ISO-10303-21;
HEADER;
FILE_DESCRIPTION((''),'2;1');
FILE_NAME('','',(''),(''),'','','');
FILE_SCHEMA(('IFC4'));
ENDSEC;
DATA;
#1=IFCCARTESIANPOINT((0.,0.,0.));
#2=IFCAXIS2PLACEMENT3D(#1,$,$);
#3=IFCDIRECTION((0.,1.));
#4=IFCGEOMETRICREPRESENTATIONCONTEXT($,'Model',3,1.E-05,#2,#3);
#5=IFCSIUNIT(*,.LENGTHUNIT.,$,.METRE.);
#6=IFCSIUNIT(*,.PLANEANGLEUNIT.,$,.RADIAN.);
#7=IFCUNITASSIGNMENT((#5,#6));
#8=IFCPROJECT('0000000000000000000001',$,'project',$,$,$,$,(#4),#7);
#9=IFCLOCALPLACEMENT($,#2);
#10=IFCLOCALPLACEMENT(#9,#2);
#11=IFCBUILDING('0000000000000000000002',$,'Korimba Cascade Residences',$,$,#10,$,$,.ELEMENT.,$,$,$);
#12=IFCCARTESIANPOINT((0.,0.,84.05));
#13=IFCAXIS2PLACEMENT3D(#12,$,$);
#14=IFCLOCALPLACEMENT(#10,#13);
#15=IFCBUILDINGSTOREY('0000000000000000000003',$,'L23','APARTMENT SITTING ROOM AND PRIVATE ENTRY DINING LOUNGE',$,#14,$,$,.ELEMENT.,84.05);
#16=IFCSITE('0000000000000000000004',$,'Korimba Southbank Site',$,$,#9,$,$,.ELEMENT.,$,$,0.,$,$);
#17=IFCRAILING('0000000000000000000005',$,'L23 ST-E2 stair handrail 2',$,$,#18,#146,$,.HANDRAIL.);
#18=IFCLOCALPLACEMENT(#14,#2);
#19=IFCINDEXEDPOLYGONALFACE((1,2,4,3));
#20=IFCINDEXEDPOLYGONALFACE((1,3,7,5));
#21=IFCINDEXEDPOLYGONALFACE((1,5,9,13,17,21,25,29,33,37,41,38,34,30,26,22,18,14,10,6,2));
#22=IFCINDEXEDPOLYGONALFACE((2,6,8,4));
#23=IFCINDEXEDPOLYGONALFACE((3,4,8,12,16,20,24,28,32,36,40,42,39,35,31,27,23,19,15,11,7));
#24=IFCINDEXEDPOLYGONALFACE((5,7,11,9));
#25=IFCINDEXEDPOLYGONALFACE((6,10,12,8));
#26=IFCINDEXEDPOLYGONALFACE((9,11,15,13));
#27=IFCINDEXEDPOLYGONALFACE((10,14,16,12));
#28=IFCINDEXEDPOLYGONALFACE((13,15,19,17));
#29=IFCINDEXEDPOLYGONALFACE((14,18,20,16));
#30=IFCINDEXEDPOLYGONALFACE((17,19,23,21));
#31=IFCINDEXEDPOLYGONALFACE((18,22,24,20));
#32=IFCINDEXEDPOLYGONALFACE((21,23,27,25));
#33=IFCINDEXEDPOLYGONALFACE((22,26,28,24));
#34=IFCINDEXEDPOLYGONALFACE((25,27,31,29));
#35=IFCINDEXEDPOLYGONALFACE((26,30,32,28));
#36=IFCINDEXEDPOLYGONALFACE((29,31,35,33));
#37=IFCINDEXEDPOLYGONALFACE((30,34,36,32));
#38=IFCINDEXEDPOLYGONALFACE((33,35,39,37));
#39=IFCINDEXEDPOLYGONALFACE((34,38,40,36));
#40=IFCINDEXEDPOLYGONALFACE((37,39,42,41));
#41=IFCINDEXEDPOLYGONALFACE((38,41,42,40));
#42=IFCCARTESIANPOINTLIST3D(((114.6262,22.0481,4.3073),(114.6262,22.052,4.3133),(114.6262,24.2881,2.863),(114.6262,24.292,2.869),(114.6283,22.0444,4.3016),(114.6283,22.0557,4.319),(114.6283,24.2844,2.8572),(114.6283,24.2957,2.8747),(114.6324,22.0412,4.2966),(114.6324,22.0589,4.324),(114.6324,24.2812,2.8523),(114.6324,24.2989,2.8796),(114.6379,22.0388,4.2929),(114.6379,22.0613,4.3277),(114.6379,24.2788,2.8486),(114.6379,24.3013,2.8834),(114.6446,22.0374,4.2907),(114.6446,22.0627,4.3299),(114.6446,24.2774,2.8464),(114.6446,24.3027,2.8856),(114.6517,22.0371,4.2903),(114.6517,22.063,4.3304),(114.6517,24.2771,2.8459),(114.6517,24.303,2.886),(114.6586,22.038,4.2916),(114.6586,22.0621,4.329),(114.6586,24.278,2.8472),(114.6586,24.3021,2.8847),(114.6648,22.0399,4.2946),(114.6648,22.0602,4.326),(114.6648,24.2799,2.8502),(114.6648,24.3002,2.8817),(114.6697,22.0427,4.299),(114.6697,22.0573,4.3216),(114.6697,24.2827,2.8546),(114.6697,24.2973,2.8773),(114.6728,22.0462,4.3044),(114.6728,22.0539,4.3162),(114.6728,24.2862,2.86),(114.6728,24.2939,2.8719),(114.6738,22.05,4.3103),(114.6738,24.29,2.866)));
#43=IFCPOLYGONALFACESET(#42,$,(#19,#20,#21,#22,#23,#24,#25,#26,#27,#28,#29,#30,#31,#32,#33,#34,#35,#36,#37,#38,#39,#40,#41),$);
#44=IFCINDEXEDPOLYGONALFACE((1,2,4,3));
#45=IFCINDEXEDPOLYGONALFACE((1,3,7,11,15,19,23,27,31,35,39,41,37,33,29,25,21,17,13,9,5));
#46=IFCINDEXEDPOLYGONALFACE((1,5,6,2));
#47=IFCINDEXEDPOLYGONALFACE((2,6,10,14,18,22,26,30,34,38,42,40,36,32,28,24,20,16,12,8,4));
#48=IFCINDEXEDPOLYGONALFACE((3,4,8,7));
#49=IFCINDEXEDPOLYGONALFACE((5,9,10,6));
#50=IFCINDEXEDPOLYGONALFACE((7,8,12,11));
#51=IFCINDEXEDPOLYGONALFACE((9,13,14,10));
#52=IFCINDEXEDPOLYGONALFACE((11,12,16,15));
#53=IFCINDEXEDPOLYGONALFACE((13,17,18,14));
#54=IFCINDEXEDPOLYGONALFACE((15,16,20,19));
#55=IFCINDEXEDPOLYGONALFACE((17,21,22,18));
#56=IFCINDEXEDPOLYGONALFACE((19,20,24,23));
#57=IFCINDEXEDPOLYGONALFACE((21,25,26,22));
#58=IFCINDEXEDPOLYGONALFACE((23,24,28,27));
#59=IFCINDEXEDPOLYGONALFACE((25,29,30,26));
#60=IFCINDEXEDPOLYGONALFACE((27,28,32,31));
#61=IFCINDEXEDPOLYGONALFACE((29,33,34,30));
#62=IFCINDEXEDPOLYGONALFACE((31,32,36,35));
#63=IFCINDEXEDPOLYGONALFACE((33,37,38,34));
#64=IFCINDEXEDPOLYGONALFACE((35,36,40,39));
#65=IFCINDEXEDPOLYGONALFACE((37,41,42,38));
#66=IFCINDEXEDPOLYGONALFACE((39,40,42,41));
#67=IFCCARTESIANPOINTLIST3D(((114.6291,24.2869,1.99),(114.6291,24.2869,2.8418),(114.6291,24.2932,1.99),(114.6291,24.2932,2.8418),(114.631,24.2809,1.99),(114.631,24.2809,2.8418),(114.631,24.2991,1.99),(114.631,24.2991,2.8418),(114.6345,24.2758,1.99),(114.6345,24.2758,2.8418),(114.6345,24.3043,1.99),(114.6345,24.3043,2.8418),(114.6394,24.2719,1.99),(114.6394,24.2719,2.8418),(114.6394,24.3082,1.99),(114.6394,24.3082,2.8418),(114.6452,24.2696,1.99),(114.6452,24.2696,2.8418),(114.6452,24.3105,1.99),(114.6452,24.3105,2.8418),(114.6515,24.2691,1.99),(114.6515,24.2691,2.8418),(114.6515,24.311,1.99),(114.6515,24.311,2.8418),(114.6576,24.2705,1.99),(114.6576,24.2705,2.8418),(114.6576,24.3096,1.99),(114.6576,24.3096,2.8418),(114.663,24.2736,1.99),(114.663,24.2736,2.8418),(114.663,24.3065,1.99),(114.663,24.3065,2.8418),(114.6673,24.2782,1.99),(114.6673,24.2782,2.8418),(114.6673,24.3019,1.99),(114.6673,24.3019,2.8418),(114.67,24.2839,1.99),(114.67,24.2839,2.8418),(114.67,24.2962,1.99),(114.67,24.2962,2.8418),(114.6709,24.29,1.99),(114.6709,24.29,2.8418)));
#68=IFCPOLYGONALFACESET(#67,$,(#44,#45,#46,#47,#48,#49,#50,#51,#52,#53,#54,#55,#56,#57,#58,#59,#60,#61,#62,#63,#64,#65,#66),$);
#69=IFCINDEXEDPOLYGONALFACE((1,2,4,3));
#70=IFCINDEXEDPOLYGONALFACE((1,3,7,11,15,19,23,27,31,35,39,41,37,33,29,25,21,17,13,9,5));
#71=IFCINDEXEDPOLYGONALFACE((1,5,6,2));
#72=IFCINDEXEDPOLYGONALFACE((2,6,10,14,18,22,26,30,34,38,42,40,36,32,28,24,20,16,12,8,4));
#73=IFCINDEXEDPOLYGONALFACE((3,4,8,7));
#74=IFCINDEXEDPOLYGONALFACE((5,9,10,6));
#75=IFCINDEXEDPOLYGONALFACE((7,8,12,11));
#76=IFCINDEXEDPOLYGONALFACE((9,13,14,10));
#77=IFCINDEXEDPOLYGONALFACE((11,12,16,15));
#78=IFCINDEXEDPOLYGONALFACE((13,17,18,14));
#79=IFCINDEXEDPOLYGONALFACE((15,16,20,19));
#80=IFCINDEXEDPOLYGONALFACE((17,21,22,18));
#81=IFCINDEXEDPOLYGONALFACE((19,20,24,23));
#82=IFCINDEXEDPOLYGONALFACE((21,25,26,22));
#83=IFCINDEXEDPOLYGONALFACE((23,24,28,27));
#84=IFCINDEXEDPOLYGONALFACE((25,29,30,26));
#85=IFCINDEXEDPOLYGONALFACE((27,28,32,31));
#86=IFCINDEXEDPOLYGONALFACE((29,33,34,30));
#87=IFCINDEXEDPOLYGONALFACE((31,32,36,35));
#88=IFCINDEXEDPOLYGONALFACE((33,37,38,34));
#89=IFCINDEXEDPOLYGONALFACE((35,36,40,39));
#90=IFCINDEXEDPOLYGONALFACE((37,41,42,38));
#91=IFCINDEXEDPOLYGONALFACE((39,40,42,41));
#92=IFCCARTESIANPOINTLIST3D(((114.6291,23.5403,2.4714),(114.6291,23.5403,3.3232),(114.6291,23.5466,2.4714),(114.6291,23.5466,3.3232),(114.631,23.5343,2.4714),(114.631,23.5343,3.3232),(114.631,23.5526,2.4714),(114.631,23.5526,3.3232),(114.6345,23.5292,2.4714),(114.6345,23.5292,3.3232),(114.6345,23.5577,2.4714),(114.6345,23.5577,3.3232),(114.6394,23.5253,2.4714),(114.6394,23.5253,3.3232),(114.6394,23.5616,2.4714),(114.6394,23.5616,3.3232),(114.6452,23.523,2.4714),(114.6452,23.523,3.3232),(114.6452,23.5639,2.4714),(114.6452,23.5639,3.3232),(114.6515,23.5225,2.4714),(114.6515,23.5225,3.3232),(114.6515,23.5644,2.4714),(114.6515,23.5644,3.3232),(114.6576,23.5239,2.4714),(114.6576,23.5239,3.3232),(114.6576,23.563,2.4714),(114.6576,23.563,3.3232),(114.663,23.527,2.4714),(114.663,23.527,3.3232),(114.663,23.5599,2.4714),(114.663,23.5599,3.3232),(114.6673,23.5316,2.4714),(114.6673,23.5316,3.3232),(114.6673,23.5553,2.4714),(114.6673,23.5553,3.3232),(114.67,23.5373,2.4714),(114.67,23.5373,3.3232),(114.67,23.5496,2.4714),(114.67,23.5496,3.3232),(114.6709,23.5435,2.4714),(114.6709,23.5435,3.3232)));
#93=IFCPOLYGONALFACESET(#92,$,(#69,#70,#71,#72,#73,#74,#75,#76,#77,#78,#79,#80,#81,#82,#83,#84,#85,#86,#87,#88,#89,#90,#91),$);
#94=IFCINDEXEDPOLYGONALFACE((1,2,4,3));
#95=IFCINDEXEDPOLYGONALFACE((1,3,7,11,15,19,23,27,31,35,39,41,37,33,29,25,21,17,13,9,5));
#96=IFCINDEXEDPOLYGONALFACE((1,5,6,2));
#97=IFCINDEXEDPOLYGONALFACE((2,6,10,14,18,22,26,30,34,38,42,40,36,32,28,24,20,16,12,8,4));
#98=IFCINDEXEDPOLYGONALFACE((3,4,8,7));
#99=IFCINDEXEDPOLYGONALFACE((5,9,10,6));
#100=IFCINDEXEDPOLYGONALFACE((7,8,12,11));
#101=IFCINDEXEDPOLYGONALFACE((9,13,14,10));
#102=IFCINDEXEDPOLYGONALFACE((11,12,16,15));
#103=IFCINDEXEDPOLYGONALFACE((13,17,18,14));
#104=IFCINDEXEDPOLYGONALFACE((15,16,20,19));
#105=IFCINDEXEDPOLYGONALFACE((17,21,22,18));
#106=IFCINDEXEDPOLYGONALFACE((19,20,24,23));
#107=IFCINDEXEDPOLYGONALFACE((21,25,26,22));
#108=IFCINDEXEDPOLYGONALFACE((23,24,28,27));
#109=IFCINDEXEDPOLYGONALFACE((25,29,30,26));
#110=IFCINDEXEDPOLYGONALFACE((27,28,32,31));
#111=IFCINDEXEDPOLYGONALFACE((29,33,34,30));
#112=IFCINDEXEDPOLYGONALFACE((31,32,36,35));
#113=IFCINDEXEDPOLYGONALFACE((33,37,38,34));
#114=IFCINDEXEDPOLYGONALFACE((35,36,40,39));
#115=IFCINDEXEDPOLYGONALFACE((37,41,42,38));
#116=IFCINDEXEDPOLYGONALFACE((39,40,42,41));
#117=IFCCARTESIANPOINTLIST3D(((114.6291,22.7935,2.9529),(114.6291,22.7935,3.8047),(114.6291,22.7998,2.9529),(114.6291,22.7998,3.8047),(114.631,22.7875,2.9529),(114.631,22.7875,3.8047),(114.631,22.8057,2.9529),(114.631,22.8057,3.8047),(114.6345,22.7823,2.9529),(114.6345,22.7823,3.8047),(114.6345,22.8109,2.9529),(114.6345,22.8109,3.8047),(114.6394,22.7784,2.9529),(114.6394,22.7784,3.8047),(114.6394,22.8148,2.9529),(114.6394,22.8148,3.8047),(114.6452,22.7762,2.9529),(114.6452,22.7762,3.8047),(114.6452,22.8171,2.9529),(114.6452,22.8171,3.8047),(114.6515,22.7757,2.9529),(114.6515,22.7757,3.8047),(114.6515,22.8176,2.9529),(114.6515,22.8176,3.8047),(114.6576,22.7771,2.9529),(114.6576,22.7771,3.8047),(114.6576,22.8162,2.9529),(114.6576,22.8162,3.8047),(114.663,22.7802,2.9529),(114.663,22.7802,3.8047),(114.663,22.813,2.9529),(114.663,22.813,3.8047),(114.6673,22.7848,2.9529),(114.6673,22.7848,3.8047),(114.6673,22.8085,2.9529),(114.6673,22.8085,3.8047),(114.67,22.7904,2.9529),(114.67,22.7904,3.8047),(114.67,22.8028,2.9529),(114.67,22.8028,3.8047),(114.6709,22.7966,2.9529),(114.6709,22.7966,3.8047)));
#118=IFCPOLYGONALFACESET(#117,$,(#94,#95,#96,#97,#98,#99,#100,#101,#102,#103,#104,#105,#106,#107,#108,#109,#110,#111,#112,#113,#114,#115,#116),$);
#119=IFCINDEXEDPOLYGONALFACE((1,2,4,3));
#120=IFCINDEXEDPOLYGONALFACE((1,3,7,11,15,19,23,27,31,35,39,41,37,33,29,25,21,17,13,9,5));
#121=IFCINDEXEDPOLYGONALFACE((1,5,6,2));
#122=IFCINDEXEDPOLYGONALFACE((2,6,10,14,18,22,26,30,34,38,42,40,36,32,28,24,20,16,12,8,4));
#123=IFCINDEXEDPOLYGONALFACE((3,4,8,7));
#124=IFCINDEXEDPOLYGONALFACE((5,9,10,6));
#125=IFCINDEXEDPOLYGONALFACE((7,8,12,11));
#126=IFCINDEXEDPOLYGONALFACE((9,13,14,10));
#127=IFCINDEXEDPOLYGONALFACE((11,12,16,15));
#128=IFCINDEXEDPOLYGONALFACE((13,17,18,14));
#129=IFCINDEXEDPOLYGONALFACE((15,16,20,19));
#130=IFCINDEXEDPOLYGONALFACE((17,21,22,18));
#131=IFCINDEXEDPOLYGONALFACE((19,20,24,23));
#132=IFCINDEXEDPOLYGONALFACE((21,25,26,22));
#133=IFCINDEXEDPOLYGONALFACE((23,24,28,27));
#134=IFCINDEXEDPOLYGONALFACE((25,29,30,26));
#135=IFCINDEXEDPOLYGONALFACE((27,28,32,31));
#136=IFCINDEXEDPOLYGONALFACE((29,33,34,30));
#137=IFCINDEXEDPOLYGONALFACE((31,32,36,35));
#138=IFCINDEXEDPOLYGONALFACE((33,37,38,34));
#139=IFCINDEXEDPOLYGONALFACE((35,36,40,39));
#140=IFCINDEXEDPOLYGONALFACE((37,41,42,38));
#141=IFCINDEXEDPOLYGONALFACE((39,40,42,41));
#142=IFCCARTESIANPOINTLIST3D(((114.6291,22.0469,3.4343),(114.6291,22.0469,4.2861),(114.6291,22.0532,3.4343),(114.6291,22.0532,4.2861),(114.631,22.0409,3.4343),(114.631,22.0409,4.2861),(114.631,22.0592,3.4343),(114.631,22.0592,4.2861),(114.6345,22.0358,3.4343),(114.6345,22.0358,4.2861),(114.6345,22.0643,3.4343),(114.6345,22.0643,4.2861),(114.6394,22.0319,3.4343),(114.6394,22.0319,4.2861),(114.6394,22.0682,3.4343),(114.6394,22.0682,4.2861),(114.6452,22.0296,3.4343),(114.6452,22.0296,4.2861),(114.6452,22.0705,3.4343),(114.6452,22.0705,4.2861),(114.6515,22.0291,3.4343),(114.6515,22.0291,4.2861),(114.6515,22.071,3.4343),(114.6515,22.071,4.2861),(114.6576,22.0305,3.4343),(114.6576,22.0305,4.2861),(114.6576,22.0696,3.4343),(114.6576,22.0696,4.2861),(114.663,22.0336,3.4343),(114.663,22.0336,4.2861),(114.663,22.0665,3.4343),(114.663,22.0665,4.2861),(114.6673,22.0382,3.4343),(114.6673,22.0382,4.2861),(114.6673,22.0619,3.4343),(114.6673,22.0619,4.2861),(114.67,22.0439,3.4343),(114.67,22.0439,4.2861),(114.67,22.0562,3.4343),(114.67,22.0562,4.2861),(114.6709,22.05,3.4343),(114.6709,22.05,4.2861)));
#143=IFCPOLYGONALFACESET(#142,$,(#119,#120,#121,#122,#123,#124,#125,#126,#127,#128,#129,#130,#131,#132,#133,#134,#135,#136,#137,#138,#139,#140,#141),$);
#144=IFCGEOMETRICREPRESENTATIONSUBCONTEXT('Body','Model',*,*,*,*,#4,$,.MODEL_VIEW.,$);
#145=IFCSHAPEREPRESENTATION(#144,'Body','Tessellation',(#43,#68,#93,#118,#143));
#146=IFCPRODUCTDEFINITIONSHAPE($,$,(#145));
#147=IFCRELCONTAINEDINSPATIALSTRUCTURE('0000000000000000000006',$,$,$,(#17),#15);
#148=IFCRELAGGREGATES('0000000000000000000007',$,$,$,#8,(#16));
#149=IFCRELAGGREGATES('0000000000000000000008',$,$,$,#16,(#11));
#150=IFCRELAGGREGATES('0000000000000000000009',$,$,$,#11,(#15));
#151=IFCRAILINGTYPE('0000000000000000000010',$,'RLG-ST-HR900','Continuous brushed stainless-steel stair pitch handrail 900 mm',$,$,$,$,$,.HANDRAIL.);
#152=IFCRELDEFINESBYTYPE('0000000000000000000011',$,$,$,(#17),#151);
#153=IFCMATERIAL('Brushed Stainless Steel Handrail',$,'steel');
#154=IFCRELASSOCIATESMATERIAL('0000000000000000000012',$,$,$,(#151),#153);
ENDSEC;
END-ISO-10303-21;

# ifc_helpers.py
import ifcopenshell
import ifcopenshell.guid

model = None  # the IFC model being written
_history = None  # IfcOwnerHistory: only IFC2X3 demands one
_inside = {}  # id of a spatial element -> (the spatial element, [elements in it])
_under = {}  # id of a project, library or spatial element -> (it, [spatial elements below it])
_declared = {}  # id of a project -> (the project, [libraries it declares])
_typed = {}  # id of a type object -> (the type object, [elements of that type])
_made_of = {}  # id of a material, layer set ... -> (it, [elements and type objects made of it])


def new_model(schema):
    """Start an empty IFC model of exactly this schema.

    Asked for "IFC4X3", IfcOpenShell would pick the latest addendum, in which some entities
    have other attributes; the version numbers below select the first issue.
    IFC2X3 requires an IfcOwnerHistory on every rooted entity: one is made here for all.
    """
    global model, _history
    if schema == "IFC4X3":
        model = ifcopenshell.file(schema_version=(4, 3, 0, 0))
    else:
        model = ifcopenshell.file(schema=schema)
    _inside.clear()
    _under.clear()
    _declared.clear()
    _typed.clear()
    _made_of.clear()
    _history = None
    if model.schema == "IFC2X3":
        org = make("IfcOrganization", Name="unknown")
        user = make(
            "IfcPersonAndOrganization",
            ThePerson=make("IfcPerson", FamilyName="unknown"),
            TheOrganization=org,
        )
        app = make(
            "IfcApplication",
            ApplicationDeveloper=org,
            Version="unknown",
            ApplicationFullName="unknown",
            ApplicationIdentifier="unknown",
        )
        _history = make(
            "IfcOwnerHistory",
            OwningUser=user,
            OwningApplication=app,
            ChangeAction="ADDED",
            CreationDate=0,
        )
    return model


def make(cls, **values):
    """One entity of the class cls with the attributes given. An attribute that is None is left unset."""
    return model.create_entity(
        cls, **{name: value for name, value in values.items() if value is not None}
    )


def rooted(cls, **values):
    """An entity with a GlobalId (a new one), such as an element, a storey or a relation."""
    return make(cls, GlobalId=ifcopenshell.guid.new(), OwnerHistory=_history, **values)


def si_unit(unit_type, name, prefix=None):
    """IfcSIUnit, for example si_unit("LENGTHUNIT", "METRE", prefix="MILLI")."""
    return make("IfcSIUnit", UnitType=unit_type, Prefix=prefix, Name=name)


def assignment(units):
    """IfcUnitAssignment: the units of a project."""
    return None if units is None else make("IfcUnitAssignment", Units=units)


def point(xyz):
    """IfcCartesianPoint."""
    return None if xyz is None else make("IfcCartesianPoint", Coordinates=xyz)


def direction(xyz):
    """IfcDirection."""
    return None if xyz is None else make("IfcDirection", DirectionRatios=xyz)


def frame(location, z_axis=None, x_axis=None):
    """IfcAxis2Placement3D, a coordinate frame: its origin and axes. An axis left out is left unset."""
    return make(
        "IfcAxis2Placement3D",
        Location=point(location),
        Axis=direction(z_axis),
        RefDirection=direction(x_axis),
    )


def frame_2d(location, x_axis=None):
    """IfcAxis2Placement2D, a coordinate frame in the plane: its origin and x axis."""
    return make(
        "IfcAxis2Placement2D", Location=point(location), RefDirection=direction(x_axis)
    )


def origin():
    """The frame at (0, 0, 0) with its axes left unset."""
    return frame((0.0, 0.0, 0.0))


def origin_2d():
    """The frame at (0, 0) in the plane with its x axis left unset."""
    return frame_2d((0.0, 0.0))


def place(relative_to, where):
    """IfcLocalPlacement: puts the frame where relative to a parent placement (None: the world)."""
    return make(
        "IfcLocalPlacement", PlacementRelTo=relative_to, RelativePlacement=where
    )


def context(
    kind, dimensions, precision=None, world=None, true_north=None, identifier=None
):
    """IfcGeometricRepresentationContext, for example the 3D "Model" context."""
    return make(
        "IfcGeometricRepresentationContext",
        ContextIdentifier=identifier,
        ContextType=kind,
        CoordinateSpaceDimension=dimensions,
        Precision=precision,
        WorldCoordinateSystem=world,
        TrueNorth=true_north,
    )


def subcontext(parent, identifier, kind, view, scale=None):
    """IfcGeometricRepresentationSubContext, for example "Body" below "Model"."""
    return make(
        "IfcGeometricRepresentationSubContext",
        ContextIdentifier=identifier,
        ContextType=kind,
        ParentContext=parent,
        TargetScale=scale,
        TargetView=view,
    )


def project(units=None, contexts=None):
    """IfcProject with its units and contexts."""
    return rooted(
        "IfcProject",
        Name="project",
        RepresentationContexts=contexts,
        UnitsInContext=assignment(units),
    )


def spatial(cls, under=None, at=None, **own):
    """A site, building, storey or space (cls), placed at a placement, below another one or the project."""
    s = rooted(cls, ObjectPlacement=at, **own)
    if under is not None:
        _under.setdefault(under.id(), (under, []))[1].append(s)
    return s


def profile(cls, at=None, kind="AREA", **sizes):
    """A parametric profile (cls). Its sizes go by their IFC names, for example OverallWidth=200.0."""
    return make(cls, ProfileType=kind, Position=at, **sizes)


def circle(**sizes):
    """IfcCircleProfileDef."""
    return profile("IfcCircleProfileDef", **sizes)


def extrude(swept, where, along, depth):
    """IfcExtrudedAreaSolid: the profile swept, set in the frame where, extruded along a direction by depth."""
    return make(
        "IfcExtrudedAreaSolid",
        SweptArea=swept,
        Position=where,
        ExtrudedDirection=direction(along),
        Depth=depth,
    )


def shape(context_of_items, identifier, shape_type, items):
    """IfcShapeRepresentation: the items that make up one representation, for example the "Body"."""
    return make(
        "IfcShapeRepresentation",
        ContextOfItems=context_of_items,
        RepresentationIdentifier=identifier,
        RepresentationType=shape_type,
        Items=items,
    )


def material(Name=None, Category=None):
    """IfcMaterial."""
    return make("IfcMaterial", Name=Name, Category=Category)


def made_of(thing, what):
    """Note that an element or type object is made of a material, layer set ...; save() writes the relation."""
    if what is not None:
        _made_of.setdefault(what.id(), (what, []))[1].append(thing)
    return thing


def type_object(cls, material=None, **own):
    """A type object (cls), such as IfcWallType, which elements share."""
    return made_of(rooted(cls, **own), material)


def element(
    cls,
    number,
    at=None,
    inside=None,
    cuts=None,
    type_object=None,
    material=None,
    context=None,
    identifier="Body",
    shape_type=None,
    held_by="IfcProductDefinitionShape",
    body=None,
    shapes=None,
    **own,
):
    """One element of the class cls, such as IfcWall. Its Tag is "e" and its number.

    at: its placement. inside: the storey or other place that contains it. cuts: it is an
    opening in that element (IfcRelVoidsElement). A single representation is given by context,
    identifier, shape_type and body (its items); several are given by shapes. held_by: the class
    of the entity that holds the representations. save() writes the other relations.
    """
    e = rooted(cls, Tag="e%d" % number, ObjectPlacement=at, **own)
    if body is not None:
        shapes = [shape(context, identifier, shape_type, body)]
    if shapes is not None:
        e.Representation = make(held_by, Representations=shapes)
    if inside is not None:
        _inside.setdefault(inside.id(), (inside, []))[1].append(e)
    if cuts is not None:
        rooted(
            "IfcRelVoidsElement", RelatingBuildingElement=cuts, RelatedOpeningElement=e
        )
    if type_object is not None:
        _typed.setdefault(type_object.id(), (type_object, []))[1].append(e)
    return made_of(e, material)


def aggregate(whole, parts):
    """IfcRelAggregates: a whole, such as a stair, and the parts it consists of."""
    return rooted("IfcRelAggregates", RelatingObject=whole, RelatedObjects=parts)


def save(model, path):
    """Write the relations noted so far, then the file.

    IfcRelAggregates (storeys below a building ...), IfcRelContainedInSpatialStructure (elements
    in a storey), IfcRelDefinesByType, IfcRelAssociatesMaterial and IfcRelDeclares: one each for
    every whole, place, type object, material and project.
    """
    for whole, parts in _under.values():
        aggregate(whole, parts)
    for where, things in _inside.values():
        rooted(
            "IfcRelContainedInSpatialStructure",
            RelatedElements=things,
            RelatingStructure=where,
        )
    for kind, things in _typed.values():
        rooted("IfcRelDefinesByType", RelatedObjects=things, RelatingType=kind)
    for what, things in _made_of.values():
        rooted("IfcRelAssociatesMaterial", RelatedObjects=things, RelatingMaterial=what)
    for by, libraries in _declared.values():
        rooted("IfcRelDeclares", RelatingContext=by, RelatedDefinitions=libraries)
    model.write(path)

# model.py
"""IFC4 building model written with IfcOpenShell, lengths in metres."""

from ifc_helpers import new_model, si_unit, direction, frame, origin, origin_2d, place, context, subcontext, project, spatial, circle, extrude, material, type_object, element, save


model = new_model("IFC4")

# Units and contexts
model_context = context("Model", 3, precision=1e-05, world=origin(), true_north=direction((0.0, 1.0)))
body_context = subcontext(model_context, "Body", "Model", "MODEL_VIEW")
ifc_project = project(units=[si_unit("LENGTHUNIT", "METRE"), si_unit("PLANEANGLEUNIT", "RADIAN")], contexts=[model_context])

# Site, building, storey
site_placement = place(None, origin())
site = spatial("IfcSite", under=ifc_project, at=site_placement, Name="Korimba Southbank Site", CompositionType="ELEMENT", RefElevation=0.0)
building_placement = place(site_placement, origin())
building = spatial("IfcBuilding", under=site, at=building_placement, Name="Korimba Cascade Residences", CompositionType="ELEMENT")
storey_placement = place(building_placement, frame((0.0, 0.0, 84.05)))
storey = spatial("IfcBuildingStorey", under=building, at=storey_placement, Name="L23", Description="APARTMENT SITTING ROOM AND PRIVATE ENTRY DINING LOUNGE", CompositionType="ELEMENT", Elevation=84.05)

# Railing
ifc_material_1 = material(Name="Brushed Stainless Steel Handrail", Category="steel")
railing_type_1 = type_object("IfcRailingType", Name="RLG-ST-HR900", Description="Continuous brushed stainless-steel stair pitch handrail 900 mm", PredefinedType="HANDRAIL", material=ifc_material_1)
railing_1_placement = place(storey_placement, frame((114.6499, 24.29, 1.99)))
element("IfcRailing", 1, at=railing_1_placement, inside=storey, type_object=railing_type_1, Name="L23 ST-E2 stair handrail 2", PredefinedType="HANDRAIL", context=body_context, shape_type="SweptSolid", body=[
    extrude(circle(Radius=0.0239, at=origin_2d()), frame((0.0, 0.0, 0.876), z_axis=(0.0, -0.840437, 0.54191), x_axis=(1.0, 0.0, 0.0)), (0.0, 0.0, 1.0), 2.6653),
    extrude(circle(Radius=0.021, at=origin_2d()), origin(), (0.0, 0.0, 1.0), 0.8518),
    extrude(circle(Radius=0.021, at=origin_2d()), frame((0.0, -0.7466, 0.4814)), (0.0, 0.0, 1.0), 0.8518),
    extrude(circle(Radius=0.021, at=origin_2d()), frame((0.0, -1.4934, 0.9629)), (0.0, 0.0, 1.0), 0.8518),
    extrude(circle(Radius=0.021, at=origin_2d()), frame((0.0, -2.24, 1.4443)), (0.0, 0.0, 1.0), 0.8518),
])

save(model, "model.ifc")
